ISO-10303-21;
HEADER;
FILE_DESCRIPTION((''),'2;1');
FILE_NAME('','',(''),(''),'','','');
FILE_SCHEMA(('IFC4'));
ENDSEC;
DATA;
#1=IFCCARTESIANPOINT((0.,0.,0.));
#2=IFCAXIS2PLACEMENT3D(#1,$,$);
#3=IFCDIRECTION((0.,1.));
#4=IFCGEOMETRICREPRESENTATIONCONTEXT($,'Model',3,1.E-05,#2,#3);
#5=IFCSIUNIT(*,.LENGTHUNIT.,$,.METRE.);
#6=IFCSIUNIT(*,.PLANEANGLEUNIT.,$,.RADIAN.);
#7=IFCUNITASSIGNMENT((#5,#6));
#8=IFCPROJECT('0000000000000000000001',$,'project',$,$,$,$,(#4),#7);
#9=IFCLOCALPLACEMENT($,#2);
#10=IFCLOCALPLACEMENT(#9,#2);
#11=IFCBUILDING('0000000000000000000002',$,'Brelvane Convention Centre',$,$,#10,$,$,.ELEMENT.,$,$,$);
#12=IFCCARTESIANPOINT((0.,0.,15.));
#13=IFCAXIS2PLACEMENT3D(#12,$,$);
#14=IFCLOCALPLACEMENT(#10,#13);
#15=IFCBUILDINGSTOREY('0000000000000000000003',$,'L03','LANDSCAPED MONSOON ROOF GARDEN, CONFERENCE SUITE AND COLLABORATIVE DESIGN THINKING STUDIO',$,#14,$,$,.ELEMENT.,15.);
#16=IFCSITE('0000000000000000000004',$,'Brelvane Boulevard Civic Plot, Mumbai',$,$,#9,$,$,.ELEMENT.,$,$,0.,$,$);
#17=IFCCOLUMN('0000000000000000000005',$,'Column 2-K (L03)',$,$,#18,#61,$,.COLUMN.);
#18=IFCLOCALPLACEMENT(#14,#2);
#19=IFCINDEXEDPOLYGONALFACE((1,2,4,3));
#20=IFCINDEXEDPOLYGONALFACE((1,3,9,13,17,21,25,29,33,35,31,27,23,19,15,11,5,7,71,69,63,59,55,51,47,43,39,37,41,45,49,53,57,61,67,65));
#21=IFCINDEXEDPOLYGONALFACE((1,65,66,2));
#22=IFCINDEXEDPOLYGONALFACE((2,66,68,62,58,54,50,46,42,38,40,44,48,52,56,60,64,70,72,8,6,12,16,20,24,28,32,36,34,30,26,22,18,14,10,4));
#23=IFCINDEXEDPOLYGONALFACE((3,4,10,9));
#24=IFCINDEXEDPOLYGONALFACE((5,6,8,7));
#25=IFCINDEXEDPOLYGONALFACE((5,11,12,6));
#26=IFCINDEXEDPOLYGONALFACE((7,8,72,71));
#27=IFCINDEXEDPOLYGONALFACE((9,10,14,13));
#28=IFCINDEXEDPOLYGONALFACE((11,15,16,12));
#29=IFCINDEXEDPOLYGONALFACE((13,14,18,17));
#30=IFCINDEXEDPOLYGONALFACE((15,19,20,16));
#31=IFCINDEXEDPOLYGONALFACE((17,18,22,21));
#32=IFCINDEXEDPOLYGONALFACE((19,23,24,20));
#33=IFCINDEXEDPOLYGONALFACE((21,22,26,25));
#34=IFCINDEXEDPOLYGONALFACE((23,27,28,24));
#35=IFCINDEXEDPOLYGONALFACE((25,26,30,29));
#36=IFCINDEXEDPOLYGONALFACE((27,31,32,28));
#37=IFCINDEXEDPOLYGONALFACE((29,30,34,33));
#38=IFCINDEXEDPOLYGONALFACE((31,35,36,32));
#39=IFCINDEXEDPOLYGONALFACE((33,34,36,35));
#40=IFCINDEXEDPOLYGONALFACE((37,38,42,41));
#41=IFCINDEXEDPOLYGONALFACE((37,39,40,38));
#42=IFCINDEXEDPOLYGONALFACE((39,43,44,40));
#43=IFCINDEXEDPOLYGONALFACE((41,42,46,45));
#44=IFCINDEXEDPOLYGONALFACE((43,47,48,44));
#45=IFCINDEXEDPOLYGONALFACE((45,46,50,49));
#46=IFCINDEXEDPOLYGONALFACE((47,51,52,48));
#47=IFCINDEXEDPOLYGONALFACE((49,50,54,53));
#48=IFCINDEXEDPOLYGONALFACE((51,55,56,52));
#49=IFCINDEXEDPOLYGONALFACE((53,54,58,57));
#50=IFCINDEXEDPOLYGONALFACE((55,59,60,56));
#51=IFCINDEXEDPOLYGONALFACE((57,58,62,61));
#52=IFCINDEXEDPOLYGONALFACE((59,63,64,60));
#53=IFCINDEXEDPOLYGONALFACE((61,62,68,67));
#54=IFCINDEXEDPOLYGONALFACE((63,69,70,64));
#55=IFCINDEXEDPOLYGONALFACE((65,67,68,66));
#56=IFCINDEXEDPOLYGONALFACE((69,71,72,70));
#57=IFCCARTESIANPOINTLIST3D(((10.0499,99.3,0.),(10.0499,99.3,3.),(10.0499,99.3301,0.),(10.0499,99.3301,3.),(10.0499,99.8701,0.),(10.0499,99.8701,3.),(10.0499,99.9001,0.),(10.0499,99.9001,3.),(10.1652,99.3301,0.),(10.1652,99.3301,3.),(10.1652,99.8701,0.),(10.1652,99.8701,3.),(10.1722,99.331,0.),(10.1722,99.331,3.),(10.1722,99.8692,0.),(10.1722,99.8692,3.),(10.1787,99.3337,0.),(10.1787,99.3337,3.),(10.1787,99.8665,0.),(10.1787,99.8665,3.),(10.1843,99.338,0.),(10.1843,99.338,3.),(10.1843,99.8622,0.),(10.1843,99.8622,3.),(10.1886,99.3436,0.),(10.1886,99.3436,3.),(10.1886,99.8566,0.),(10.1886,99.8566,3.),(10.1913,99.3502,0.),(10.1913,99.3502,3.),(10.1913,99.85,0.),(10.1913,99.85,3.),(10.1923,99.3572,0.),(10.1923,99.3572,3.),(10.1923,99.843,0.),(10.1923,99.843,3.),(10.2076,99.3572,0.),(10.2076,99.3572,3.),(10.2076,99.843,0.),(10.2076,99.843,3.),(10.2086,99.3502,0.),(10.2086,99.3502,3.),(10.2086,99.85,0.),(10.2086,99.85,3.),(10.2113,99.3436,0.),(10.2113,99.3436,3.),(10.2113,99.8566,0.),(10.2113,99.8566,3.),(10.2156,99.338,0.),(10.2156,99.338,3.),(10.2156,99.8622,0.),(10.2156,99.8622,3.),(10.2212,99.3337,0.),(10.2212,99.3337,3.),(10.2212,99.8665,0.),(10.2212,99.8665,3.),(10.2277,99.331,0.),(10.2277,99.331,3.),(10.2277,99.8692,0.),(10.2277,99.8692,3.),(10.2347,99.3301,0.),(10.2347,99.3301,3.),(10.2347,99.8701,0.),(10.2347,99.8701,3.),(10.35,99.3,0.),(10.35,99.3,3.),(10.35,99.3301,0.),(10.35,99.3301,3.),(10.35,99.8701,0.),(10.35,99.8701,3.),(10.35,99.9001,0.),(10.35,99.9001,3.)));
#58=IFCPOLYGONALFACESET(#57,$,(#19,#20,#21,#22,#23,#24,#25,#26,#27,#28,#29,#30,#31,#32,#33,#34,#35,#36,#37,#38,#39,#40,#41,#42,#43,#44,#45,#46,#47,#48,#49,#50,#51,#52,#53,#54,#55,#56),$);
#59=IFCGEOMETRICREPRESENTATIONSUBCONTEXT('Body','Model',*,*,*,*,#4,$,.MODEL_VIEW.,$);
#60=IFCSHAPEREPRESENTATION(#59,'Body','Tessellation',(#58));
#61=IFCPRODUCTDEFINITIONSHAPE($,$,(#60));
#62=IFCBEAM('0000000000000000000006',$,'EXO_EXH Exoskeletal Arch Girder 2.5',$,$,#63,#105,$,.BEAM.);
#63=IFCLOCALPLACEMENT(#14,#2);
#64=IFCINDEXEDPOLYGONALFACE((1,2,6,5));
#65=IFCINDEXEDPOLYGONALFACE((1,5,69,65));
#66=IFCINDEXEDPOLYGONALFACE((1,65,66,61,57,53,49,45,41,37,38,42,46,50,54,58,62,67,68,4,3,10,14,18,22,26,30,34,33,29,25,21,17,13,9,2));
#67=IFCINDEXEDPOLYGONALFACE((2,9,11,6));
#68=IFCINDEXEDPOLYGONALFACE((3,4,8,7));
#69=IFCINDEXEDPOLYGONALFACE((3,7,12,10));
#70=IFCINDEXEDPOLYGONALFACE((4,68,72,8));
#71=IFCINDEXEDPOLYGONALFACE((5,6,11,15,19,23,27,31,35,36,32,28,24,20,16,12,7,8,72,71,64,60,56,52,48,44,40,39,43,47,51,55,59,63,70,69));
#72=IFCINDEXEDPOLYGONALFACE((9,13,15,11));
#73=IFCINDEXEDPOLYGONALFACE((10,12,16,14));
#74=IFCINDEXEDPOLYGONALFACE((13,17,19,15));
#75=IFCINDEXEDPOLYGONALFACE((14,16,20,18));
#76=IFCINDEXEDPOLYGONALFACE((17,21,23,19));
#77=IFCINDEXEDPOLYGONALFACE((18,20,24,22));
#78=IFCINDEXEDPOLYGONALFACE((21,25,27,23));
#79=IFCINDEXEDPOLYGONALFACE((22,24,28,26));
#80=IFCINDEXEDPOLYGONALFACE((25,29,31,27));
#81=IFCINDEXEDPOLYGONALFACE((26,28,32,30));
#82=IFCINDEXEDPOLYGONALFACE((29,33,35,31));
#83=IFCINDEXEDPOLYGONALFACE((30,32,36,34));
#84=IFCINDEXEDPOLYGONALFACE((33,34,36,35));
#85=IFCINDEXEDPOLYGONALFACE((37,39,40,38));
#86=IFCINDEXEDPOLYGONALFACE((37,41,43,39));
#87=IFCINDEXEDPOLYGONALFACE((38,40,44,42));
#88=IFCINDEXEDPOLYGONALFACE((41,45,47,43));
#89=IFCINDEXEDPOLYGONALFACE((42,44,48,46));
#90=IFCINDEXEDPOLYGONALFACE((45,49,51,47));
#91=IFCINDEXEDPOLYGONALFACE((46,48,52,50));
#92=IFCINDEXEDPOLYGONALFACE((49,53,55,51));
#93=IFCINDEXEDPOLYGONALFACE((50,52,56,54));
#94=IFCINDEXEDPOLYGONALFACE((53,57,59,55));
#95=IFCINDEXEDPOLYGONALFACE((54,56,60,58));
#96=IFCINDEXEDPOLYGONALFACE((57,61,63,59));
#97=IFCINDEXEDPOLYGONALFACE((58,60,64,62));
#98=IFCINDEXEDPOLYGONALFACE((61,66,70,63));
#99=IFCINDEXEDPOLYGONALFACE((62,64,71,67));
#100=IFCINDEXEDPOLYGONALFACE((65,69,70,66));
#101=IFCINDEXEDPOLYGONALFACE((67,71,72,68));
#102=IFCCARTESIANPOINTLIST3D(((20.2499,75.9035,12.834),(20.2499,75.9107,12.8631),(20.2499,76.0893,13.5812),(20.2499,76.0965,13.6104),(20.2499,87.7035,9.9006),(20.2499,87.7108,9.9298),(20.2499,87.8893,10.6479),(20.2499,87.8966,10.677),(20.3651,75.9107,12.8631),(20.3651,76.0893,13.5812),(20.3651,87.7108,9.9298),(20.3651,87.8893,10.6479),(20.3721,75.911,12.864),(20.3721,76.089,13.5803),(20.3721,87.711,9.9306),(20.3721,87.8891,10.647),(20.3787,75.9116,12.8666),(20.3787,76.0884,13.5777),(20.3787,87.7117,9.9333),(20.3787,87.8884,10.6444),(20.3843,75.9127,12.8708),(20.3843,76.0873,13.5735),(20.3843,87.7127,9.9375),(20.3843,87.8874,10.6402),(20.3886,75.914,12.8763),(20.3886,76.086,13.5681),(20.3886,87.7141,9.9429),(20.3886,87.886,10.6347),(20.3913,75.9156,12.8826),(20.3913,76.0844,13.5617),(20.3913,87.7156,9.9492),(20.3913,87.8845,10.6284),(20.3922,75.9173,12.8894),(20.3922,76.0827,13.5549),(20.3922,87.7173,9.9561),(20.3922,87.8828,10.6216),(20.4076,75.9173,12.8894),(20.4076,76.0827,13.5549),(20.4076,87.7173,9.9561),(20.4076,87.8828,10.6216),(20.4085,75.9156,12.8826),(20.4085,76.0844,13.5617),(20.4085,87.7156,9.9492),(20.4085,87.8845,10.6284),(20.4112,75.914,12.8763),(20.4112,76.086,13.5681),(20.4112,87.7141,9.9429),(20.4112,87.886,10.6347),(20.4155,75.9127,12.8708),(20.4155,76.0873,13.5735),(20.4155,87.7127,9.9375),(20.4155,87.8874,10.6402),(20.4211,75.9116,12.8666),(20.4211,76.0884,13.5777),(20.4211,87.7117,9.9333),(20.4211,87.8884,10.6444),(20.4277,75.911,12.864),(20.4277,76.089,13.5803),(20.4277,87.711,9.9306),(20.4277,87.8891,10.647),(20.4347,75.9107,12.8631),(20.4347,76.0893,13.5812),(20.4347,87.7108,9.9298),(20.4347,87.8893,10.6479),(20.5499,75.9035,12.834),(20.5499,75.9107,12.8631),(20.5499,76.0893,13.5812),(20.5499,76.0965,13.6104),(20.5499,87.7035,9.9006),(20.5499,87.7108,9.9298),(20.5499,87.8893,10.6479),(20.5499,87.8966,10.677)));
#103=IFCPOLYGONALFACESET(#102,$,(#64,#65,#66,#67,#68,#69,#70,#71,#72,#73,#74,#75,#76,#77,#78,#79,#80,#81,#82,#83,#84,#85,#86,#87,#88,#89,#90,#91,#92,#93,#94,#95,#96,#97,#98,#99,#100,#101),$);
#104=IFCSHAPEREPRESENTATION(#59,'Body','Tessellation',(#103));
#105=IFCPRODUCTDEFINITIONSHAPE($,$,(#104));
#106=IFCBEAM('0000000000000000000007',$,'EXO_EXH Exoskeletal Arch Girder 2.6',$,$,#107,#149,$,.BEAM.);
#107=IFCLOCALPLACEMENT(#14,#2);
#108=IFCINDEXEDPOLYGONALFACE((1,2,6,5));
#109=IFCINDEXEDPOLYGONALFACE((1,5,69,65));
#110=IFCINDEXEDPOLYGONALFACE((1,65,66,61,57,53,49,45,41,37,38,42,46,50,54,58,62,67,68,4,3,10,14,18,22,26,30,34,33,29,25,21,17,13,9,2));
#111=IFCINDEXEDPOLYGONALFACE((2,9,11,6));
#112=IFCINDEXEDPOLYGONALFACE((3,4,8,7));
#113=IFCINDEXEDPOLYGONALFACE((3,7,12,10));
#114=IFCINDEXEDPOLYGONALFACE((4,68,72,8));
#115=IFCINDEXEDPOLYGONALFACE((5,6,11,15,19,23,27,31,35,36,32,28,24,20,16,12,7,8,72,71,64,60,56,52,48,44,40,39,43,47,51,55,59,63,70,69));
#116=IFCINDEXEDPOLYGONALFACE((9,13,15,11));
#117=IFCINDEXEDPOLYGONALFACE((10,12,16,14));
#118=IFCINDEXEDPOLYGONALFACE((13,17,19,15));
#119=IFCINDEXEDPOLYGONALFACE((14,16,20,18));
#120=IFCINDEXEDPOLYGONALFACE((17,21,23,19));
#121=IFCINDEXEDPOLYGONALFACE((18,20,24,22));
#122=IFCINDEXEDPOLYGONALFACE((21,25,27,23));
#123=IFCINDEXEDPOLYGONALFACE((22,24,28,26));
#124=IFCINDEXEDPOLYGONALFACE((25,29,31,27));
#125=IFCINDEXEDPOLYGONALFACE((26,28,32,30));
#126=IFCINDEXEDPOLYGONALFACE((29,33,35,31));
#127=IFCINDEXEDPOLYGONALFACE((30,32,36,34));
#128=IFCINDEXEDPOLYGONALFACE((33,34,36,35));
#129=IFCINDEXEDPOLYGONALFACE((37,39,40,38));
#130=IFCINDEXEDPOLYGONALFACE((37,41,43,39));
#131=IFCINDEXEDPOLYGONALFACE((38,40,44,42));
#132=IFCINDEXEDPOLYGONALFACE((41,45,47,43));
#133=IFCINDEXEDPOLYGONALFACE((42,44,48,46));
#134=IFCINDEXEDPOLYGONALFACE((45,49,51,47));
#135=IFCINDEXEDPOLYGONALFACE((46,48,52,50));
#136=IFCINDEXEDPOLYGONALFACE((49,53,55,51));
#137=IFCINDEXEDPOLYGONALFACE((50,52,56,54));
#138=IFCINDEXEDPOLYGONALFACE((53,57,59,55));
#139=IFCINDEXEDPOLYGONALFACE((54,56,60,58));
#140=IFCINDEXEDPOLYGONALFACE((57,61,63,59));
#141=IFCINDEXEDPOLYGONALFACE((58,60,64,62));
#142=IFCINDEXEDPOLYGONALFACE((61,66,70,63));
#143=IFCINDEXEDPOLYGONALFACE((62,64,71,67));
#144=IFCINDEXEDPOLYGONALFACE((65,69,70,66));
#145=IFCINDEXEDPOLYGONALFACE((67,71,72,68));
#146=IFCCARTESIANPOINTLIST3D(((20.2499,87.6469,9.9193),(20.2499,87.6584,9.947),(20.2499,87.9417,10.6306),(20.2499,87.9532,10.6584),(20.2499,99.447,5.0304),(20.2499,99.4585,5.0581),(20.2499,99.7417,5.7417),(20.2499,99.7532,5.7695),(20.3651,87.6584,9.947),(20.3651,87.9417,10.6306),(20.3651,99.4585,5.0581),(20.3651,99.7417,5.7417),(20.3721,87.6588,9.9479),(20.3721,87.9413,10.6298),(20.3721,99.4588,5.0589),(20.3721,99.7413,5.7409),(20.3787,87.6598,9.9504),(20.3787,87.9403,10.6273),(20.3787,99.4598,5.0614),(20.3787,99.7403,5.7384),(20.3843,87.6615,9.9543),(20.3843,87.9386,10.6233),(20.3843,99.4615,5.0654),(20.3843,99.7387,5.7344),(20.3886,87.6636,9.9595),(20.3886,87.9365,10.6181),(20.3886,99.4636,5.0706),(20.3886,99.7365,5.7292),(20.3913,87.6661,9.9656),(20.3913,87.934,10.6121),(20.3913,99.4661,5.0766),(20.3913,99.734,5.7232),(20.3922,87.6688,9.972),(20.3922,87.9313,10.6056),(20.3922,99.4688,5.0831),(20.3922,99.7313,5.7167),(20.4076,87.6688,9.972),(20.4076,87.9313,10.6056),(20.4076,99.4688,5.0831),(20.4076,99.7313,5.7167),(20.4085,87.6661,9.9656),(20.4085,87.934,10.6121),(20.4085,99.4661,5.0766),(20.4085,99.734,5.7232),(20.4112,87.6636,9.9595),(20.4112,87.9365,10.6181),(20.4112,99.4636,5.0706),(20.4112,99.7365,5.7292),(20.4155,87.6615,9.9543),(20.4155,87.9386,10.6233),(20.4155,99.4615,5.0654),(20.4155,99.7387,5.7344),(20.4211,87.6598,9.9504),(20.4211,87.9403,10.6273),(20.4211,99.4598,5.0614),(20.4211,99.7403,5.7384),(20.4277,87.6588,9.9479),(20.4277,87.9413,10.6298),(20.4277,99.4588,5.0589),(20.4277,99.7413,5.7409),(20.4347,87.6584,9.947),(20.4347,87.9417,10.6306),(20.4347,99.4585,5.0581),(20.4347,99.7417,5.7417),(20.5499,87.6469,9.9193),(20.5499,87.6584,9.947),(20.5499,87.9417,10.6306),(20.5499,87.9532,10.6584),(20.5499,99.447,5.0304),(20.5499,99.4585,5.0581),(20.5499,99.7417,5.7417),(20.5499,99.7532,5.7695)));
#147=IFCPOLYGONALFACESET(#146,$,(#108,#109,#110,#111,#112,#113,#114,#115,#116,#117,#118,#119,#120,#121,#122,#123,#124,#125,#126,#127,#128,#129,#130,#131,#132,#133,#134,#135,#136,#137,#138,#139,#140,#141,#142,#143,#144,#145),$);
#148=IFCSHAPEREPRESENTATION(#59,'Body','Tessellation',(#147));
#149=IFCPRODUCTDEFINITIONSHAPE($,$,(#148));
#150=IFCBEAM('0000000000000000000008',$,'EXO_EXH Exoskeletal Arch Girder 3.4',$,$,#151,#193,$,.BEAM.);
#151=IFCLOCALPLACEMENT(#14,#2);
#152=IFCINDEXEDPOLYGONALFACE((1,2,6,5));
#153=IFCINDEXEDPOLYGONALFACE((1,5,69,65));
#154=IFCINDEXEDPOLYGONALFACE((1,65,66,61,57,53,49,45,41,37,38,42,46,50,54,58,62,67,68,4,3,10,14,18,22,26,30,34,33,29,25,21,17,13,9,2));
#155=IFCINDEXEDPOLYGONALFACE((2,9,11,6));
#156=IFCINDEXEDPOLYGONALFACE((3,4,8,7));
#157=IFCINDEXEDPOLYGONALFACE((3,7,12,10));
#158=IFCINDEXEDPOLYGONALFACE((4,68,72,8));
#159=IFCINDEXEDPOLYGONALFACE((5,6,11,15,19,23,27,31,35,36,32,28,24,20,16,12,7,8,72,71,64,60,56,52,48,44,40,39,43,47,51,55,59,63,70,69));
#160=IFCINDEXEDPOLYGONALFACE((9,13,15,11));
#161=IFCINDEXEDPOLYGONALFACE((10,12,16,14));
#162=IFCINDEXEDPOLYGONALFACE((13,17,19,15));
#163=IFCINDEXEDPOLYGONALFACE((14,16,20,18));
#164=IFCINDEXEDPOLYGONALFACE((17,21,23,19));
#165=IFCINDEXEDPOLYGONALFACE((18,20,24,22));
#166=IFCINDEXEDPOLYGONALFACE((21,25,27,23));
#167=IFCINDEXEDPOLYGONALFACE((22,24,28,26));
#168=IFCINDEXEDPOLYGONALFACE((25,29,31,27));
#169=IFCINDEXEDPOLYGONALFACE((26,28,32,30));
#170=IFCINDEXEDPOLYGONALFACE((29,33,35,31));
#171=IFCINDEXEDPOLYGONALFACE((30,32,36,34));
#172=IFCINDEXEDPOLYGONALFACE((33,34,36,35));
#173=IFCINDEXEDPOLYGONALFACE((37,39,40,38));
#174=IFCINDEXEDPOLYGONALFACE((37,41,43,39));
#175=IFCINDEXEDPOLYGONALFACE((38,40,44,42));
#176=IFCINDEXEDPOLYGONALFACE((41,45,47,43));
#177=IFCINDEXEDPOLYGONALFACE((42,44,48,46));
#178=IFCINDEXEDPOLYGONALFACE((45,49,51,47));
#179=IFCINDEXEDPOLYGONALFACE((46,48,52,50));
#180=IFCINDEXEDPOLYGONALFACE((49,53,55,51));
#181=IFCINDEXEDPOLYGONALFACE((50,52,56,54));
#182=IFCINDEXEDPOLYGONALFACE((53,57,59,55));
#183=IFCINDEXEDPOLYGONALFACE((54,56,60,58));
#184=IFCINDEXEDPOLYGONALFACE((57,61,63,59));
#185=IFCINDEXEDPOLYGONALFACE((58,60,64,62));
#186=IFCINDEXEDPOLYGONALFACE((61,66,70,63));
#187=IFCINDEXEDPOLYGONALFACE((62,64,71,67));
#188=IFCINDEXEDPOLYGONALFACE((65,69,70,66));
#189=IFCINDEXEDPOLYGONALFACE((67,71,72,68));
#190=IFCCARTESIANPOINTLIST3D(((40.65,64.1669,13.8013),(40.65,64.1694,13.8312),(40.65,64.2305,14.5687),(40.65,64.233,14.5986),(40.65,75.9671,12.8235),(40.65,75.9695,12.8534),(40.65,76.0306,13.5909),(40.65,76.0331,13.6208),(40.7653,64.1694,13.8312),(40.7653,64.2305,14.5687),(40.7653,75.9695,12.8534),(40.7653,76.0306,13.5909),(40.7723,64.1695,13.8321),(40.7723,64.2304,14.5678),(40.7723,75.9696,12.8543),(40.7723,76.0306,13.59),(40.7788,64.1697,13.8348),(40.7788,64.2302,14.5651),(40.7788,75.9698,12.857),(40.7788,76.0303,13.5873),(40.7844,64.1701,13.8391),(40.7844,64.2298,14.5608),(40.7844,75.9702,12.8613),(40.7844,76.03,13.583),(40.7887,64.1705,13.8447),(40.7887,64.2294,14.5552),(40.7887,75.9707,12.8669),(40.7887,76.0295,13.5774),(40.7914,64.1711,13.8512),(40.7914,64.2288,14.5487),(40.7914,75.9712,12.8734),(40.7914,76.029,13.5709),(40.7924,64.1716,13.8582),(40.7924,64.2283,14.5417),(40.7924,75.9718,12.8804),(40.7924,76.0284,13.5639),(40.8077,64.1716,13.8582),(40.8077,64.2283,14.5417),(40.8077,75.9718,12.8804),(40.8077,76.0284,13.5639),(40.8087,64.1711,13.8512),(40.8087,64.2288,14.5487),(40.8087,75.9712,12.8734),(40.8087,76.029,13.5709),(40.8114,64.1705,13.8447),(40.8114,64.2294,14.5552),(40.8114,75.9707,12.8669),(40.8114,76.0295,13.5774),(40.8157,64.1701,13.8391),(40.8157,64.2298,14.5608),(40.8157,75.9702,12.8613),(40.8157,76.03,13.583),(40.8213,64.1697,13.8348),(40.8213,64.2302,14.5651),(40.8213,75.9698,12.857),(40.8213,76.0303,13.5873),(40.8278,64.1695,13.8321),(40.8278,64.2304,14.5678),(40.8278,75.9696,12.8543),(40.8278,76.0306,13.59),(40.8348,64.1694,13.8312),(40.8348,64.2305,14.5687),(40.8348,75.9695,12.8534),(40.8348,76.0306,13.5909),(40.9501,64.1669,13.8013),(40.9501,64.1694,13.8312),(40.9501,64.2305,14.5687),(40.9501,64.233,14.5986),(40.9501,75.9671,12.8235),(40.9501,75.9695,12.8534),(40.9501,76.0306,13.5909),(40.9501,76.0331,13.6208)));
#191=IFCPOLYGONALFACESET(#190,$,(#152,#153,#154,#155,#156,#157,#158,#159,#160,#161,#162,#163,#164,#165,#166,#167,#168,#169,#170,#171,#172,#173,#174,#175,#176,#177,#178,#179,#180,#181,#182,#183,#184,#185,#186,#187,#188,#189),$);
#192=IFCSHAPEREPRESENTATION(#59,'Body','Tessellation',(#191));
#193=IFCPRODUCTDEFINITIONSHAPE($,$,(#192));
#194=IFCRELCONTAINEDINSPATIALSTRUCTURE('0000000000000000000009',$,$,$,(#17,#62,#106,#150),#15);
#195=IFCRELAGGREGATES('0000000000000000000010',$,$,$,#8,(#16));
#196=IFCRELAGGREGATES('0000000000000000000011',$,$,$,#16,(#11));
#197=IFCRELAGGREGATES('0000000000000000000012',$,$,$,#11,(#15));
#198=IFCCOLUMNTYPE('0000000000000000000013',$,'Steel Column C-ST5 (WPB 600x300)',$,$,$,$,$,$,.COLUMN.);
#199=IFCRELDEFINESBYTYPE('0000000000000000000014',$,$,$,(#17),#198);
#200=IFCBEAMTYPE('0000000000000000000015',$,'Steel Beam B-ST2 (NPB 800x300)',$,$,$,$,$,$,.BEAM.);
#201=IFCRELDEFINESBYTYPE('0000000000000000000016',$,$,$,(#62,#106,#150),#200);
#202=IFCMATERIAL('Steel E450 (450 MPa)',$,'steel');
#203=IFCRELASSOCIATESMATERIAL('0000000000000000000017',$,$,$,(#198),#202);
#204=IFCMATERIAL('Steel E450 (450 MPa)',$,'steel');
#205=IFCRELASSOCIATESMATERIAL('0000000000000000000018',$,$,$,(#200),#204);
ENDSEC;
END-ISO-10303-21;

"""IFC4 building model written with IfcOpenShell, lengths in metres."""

from ifc_helpers import new_model, si_unit, direction, frame, origin, origin_2d, place, context, subcontext, project, spatial, i_section, extrude, material, material_profile, profile_set, type_object, element, save


model = new_model("IFC4")

# Units and contexts
model_context = context("Model", 3, precision=1e-05, world=origin(), true_north=direction((0.0, 1.0)))
body_context = subcontext(model_context, "Body", "Model", "MODEL_VIEW")
ifc_project = project(units=[si_unit("LENGTHUNIT", "METRE"), si_unit("PLANEANGLEUNIT", "RADIAN")], contexts=[model_context])

# Site, building, storey
site_placement = place(None, origin())
site = spatial("IfcSite", under=ifc_project, at=site_placement, Name="Brelvane Boulevard Civic Plot, Mumbai", CompositionType="ELEMENT", RefElevation=0.0)
building_placement = place(site_placement, origin())
building = spatial("IfcBuilding", under=site, at=building_placement, Name="Brelvane Convention Centre", CompositionType="ELEMENT")
storey_placement = place(building_placement, frame((0.0, 0.0, 15.0)))
storey = spatial("IfcBuildingStorey", under=building, at=storey_placement, Name="L03", Description="LANDSCAPED MONSOON ROOF GARDEN, CONFERENCE SUITE AND COLLABORATIVE DESIGN THINKING STUDIO", CompositionType="ELEMENT", Elevation=15.0)

# Column
ifc_material_1 = material(Name="Steel E450 (450 MPa)", Category="steel")
ifc_material_profile_1 = material_profile(ifc_material_1, i_section(OverallWidth=0.3, OverallDepth=0.6001, WebThickness=0.0154, FlangeThickness=0.03, FilletRadius=0.0271, at=origin_2d()), Name="WPB 600x300")
ifc_profile_set_1 = profile_set([ifc_material_profile_1], Name="Steel E450 (450 MPa)")
column_type = type_object("IfcColumnType", Name="Steel Column C-ST5 (WPB 600x300)", PredefinedType="COLUMN", material=ifc_profile_set_1)
column_placement = place(storey_placement, frame((10.2, 99.6001, 0.0), z_axis=(0.0, 0.0, 1.0), x_axis=(1.0, 0.0, 0.0)))
element("IfcColumn", 1, at=column_placement, inside=storey, type_object=column_type, Name="Column 2-K (L03)", PredefinedType="COLUMN", context=body_context, shape_type="SweptSolid", body=[
    extrude(i_section(OverallWidth=0.3, OverallDepth=0.6001, WebThickness=0.0154, FlangeThickness=0.03, FilletRadius=0.0271, at=origin_2d()), origin(), (0.0, 0.0, 1.0), 3.0),
])

# Beams
ifc_material_2 = material(Name="Steel E450 (450 MPa)", Category="steel")
ifc_material_profile_2 = material_profile(ifc_material_2, i_section(OverallWidth=0.3, OverallDepth=0.8, WebThickness=0.0154, FlangeThickness=0.03, FilletRadius=0.0271, at=origin_2d()), Name="NPB 800x300")
ifc_profile_set_2 = profile_set([ifc_material_profile_2], Name="Steel E450 (450 MPa)")
beam_type = type_object("IfcBeamType", Name="Steel Beam B-ST2 (NPB 800x300)", PredefinedType="BEAM", material=ifc_profile_set_2)
beam_1_placement = place(storey_placement, frame((20.3999, 76.0, 13.2222), z_axis=(0.0, 0.970464, -0.241246), x_axis=(-1.0, 0.0, 0.0)))
element("IfcBeam", 2, at=beam_1_placement, inside=storey, type_object=beam_type, Name="EXO_EXH Exoskeletal Arch Girder 2.5", PredefinedType="BEAM", context=body_context, shape_type="SweptSolid", body=[
    extrude(i_section(OverallWidth=0.3, OverallDepth=0.8, WebThickness=0.0154, FlangeThickness=0.03, FilletRadius=0.0271, at=origin_2d()), origin(), (0.0, 0.0, 1.0), 12.1592),
])
beam_2_placement = place(storey_placement, frame((20.3999, 87.8, 10.2888), z_axis=(0.0, 0.923847, -0.382762), x_axis=(-1.0, 0.0, 0.0)))
element("IfcBeam", 3, at=beam_2_placement, inside=storey, type_object=beam_type, Name="EXO_EXH Exoskeletal Arch Girder 2.6", PredefinedType="BEAM", context=body_context, shape_type="SweptSolid", body=[
    extrude(i_section(OverallWidth=0.3, OverallDepth=0.8, WebThickness=0.0154, FlangeThickness=0.03, FilletRadius=0.0271, at=origin_2d()), origin(), (0.0, 0.0, 1.0), 12.7727),
])
beam_3_placement = place(storey_placement, frame((40.8, 64.2, 14.2), z_axis=(0.0, 0.996584, -0.08258), x_axis=(-1.0, 0.0, 0.0)))
element("IfcBeam", 4, at=beam_3_placement, inside=storey, type_object=beam_type, Name="EXO_EXH Exoskeletal Arch Girder 3.4", PredefinedType="BEAM", context=body_context, shape_type="SweptSolid", body=[
    extrude(i_section(OverallWidth=0.3, OverallDepth=0.8, WebThickness=0.0154, FlangeThickness=0.03, FilletRadius=0.0271, at=origin_2d()), origin(), (0.0, 0.0, 1.0), 11.8406),
])

save(model, "model.ifc")
